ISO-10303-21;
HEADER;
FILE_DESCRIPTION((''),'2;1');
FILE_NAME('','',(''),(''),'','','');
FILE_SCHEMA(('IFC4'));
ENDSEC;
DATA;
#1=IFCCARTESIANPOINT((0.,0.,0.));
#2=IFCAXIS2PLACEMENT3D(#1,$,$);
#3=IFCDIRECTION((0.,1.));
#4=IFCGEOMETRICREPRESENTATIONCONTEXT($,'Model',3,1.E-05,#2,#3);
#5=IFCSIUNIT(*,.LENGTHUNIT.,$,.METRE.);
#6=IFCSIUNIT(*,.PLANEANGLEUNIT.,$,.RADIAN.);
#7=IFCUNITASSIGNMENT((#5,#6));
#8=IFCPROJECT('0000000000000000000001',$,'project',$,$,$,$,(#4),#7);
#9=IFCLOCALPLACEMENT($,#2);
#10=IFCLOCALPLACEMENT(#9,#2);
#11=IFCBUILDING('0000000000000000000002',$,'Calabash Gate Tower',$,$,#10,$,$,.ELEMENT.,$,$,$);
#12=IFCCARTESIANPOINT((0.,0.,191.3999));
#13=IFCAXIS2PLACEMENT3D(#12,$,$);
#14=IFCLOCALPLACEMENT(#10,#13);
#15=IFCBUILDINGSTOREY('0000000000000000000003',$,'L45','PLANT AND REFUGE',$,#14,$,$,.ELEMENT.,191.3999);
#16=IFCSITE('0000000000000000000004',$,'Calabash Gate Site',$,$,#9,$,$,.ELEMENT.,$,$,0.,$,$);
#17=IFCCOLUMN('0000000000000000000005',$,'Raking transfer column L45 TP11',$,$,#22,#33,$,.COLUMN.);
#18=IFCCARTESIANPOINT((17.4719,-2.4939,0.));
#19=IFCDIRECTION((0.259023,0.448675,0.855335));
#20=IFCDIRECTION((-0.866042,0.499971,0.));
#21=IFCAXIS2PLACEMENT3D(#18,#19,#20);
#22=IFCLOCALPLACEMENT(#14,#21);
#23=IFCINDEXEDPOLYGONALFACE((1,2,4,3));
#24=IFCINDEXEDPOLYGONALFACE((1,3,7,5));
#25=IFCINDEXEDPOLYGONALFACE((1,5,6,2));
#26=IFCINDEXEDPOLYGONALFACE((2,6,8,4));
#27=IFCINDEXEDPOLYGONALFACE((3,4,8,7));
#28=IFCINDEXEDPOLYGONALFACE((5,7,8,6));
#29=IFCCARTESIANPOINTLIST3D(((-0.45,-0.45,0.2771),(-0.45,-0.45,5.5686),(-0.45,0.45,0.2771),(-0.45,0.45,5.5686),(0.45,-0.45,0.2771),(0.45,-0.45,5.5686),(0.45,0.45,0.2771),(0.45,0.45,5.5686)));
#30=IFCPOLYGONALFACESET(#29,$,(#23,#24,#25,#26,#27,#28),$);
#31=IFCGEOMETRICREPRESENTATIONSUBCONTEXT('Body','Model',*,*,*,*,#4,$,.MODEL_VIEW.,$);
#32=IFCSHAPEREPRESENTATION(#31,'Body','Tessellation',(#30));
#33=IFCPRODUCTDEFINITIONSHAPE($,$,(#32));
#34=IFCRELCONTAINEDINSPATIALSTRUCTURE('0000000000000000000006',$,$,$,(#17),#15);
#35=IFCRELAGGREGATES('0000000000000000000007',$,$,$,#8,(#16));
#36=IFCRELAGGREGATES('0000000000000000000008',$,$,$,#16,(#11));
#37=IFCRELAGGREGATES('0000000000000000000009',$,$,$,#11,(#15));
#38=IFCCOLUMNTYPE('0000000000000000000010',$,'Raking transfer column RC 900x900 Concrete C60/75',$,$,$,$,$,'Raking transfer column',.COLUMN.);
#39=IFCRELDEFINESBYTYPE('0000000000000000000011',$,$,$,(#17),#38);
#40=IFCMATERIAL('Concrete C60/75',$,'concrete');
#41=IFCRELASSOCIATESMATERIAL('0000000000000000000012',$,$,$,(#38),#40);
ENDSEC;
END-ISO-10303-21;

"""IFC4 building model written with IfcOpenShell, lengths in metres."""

from ifc_helpers import new_model, si_unit, direction, frame, origin, origin_2d, place, context, subcontext, project, spatial, rectangle, extrude, clip, halfspace, material, material_profile, profile_set, type_object, element, save


model = new_model("IFC4")

# Units and contexts
model_context = context("Model", 3, precision=1e-05, world=origin(), true_north=direction((0.0, 1.0)))
body_context = subcontext(model_context, "Body", "Model", "MODEL_VIEW")
ifc_project = project(units=[si_unit("LENGTHUNIT", "METRE"), si_unit("PLANEANGLEUNIT", "RADIAN")], contexts=[model_context])

# Site, building, storey
site_placement = place(None, origin())
site = spatial("IfcSite", under=ifc_project, at=site_placement, Name="Calabash Gate Site", CompositionType="ELEMENT", RefElevation=0.0)
building_placement = place(site_placement, origin())
building = spatial("IfcBuilding", under=site, at=building_placement, Name="Calabash Gate Tower", CompositionType="ELEMENT")
storey_placement = place(building_placement, frame((0.0, 0.0, 191.3999)))
storey = spatial("IfcBuildingStorey", under=building, at=storey_placement, Name="L45", Description="PLANT AND REFUGE", CompositionType="ELEMENT", Elevation=191.3999)

# Column
ifc_material_1 = material(Name="Concrete C60/75", Category="concrete")
ifc_material_profile_1 = material_profile(ifc_material_1, rectangle(XDim=0.8999, YDim=0.8999, at=origin_2d()))
ifc_profile_set_1 = profile_set([ifc_material_profile_1], Name="Concrete C60/75")
column_type = type_object("IfcColumnType", Name="Raking transfer column RC 900x900 Concrete C60/75", ElementType="Raking transfer column", PredefinedType="COLUMN", material=ifc_profile_set_1)
column_placement = place(storey_placement, frame((17.4719, -2.4939, 0.0), z_axis=(0.259023, 0.448675, 0.855335), x_axis=(-0.866042, 0.499971, 0.0)))
element("IfcColumn", 1, at=column_placement, inside=storey, type_object=column_type, Name="Raking transfer column L45 TP11", PredefinedType="COLUMN", context=body_context, shape_type="Clipping", body=[
    clip(clip(extrude(rectangle(XDim=0.8999, YDim=0.8999, at=origin_2d()), origin(), (0.0, 0.0, 1.0), 5.8457), halfspace(frame((0.0, 0.0, 0.2771), z_axis=(0.0, 0.0, 1.0), x_axis=(1.0, 0.0, 0.0)), True)), halfspace(frame((0.0, 0.0, 5.5686), z_axis=(0.0, 0.0, 1.0), x_axis=(1.0, 0.0, 0.0)), False)),
])

save(model, "model.ifc")
